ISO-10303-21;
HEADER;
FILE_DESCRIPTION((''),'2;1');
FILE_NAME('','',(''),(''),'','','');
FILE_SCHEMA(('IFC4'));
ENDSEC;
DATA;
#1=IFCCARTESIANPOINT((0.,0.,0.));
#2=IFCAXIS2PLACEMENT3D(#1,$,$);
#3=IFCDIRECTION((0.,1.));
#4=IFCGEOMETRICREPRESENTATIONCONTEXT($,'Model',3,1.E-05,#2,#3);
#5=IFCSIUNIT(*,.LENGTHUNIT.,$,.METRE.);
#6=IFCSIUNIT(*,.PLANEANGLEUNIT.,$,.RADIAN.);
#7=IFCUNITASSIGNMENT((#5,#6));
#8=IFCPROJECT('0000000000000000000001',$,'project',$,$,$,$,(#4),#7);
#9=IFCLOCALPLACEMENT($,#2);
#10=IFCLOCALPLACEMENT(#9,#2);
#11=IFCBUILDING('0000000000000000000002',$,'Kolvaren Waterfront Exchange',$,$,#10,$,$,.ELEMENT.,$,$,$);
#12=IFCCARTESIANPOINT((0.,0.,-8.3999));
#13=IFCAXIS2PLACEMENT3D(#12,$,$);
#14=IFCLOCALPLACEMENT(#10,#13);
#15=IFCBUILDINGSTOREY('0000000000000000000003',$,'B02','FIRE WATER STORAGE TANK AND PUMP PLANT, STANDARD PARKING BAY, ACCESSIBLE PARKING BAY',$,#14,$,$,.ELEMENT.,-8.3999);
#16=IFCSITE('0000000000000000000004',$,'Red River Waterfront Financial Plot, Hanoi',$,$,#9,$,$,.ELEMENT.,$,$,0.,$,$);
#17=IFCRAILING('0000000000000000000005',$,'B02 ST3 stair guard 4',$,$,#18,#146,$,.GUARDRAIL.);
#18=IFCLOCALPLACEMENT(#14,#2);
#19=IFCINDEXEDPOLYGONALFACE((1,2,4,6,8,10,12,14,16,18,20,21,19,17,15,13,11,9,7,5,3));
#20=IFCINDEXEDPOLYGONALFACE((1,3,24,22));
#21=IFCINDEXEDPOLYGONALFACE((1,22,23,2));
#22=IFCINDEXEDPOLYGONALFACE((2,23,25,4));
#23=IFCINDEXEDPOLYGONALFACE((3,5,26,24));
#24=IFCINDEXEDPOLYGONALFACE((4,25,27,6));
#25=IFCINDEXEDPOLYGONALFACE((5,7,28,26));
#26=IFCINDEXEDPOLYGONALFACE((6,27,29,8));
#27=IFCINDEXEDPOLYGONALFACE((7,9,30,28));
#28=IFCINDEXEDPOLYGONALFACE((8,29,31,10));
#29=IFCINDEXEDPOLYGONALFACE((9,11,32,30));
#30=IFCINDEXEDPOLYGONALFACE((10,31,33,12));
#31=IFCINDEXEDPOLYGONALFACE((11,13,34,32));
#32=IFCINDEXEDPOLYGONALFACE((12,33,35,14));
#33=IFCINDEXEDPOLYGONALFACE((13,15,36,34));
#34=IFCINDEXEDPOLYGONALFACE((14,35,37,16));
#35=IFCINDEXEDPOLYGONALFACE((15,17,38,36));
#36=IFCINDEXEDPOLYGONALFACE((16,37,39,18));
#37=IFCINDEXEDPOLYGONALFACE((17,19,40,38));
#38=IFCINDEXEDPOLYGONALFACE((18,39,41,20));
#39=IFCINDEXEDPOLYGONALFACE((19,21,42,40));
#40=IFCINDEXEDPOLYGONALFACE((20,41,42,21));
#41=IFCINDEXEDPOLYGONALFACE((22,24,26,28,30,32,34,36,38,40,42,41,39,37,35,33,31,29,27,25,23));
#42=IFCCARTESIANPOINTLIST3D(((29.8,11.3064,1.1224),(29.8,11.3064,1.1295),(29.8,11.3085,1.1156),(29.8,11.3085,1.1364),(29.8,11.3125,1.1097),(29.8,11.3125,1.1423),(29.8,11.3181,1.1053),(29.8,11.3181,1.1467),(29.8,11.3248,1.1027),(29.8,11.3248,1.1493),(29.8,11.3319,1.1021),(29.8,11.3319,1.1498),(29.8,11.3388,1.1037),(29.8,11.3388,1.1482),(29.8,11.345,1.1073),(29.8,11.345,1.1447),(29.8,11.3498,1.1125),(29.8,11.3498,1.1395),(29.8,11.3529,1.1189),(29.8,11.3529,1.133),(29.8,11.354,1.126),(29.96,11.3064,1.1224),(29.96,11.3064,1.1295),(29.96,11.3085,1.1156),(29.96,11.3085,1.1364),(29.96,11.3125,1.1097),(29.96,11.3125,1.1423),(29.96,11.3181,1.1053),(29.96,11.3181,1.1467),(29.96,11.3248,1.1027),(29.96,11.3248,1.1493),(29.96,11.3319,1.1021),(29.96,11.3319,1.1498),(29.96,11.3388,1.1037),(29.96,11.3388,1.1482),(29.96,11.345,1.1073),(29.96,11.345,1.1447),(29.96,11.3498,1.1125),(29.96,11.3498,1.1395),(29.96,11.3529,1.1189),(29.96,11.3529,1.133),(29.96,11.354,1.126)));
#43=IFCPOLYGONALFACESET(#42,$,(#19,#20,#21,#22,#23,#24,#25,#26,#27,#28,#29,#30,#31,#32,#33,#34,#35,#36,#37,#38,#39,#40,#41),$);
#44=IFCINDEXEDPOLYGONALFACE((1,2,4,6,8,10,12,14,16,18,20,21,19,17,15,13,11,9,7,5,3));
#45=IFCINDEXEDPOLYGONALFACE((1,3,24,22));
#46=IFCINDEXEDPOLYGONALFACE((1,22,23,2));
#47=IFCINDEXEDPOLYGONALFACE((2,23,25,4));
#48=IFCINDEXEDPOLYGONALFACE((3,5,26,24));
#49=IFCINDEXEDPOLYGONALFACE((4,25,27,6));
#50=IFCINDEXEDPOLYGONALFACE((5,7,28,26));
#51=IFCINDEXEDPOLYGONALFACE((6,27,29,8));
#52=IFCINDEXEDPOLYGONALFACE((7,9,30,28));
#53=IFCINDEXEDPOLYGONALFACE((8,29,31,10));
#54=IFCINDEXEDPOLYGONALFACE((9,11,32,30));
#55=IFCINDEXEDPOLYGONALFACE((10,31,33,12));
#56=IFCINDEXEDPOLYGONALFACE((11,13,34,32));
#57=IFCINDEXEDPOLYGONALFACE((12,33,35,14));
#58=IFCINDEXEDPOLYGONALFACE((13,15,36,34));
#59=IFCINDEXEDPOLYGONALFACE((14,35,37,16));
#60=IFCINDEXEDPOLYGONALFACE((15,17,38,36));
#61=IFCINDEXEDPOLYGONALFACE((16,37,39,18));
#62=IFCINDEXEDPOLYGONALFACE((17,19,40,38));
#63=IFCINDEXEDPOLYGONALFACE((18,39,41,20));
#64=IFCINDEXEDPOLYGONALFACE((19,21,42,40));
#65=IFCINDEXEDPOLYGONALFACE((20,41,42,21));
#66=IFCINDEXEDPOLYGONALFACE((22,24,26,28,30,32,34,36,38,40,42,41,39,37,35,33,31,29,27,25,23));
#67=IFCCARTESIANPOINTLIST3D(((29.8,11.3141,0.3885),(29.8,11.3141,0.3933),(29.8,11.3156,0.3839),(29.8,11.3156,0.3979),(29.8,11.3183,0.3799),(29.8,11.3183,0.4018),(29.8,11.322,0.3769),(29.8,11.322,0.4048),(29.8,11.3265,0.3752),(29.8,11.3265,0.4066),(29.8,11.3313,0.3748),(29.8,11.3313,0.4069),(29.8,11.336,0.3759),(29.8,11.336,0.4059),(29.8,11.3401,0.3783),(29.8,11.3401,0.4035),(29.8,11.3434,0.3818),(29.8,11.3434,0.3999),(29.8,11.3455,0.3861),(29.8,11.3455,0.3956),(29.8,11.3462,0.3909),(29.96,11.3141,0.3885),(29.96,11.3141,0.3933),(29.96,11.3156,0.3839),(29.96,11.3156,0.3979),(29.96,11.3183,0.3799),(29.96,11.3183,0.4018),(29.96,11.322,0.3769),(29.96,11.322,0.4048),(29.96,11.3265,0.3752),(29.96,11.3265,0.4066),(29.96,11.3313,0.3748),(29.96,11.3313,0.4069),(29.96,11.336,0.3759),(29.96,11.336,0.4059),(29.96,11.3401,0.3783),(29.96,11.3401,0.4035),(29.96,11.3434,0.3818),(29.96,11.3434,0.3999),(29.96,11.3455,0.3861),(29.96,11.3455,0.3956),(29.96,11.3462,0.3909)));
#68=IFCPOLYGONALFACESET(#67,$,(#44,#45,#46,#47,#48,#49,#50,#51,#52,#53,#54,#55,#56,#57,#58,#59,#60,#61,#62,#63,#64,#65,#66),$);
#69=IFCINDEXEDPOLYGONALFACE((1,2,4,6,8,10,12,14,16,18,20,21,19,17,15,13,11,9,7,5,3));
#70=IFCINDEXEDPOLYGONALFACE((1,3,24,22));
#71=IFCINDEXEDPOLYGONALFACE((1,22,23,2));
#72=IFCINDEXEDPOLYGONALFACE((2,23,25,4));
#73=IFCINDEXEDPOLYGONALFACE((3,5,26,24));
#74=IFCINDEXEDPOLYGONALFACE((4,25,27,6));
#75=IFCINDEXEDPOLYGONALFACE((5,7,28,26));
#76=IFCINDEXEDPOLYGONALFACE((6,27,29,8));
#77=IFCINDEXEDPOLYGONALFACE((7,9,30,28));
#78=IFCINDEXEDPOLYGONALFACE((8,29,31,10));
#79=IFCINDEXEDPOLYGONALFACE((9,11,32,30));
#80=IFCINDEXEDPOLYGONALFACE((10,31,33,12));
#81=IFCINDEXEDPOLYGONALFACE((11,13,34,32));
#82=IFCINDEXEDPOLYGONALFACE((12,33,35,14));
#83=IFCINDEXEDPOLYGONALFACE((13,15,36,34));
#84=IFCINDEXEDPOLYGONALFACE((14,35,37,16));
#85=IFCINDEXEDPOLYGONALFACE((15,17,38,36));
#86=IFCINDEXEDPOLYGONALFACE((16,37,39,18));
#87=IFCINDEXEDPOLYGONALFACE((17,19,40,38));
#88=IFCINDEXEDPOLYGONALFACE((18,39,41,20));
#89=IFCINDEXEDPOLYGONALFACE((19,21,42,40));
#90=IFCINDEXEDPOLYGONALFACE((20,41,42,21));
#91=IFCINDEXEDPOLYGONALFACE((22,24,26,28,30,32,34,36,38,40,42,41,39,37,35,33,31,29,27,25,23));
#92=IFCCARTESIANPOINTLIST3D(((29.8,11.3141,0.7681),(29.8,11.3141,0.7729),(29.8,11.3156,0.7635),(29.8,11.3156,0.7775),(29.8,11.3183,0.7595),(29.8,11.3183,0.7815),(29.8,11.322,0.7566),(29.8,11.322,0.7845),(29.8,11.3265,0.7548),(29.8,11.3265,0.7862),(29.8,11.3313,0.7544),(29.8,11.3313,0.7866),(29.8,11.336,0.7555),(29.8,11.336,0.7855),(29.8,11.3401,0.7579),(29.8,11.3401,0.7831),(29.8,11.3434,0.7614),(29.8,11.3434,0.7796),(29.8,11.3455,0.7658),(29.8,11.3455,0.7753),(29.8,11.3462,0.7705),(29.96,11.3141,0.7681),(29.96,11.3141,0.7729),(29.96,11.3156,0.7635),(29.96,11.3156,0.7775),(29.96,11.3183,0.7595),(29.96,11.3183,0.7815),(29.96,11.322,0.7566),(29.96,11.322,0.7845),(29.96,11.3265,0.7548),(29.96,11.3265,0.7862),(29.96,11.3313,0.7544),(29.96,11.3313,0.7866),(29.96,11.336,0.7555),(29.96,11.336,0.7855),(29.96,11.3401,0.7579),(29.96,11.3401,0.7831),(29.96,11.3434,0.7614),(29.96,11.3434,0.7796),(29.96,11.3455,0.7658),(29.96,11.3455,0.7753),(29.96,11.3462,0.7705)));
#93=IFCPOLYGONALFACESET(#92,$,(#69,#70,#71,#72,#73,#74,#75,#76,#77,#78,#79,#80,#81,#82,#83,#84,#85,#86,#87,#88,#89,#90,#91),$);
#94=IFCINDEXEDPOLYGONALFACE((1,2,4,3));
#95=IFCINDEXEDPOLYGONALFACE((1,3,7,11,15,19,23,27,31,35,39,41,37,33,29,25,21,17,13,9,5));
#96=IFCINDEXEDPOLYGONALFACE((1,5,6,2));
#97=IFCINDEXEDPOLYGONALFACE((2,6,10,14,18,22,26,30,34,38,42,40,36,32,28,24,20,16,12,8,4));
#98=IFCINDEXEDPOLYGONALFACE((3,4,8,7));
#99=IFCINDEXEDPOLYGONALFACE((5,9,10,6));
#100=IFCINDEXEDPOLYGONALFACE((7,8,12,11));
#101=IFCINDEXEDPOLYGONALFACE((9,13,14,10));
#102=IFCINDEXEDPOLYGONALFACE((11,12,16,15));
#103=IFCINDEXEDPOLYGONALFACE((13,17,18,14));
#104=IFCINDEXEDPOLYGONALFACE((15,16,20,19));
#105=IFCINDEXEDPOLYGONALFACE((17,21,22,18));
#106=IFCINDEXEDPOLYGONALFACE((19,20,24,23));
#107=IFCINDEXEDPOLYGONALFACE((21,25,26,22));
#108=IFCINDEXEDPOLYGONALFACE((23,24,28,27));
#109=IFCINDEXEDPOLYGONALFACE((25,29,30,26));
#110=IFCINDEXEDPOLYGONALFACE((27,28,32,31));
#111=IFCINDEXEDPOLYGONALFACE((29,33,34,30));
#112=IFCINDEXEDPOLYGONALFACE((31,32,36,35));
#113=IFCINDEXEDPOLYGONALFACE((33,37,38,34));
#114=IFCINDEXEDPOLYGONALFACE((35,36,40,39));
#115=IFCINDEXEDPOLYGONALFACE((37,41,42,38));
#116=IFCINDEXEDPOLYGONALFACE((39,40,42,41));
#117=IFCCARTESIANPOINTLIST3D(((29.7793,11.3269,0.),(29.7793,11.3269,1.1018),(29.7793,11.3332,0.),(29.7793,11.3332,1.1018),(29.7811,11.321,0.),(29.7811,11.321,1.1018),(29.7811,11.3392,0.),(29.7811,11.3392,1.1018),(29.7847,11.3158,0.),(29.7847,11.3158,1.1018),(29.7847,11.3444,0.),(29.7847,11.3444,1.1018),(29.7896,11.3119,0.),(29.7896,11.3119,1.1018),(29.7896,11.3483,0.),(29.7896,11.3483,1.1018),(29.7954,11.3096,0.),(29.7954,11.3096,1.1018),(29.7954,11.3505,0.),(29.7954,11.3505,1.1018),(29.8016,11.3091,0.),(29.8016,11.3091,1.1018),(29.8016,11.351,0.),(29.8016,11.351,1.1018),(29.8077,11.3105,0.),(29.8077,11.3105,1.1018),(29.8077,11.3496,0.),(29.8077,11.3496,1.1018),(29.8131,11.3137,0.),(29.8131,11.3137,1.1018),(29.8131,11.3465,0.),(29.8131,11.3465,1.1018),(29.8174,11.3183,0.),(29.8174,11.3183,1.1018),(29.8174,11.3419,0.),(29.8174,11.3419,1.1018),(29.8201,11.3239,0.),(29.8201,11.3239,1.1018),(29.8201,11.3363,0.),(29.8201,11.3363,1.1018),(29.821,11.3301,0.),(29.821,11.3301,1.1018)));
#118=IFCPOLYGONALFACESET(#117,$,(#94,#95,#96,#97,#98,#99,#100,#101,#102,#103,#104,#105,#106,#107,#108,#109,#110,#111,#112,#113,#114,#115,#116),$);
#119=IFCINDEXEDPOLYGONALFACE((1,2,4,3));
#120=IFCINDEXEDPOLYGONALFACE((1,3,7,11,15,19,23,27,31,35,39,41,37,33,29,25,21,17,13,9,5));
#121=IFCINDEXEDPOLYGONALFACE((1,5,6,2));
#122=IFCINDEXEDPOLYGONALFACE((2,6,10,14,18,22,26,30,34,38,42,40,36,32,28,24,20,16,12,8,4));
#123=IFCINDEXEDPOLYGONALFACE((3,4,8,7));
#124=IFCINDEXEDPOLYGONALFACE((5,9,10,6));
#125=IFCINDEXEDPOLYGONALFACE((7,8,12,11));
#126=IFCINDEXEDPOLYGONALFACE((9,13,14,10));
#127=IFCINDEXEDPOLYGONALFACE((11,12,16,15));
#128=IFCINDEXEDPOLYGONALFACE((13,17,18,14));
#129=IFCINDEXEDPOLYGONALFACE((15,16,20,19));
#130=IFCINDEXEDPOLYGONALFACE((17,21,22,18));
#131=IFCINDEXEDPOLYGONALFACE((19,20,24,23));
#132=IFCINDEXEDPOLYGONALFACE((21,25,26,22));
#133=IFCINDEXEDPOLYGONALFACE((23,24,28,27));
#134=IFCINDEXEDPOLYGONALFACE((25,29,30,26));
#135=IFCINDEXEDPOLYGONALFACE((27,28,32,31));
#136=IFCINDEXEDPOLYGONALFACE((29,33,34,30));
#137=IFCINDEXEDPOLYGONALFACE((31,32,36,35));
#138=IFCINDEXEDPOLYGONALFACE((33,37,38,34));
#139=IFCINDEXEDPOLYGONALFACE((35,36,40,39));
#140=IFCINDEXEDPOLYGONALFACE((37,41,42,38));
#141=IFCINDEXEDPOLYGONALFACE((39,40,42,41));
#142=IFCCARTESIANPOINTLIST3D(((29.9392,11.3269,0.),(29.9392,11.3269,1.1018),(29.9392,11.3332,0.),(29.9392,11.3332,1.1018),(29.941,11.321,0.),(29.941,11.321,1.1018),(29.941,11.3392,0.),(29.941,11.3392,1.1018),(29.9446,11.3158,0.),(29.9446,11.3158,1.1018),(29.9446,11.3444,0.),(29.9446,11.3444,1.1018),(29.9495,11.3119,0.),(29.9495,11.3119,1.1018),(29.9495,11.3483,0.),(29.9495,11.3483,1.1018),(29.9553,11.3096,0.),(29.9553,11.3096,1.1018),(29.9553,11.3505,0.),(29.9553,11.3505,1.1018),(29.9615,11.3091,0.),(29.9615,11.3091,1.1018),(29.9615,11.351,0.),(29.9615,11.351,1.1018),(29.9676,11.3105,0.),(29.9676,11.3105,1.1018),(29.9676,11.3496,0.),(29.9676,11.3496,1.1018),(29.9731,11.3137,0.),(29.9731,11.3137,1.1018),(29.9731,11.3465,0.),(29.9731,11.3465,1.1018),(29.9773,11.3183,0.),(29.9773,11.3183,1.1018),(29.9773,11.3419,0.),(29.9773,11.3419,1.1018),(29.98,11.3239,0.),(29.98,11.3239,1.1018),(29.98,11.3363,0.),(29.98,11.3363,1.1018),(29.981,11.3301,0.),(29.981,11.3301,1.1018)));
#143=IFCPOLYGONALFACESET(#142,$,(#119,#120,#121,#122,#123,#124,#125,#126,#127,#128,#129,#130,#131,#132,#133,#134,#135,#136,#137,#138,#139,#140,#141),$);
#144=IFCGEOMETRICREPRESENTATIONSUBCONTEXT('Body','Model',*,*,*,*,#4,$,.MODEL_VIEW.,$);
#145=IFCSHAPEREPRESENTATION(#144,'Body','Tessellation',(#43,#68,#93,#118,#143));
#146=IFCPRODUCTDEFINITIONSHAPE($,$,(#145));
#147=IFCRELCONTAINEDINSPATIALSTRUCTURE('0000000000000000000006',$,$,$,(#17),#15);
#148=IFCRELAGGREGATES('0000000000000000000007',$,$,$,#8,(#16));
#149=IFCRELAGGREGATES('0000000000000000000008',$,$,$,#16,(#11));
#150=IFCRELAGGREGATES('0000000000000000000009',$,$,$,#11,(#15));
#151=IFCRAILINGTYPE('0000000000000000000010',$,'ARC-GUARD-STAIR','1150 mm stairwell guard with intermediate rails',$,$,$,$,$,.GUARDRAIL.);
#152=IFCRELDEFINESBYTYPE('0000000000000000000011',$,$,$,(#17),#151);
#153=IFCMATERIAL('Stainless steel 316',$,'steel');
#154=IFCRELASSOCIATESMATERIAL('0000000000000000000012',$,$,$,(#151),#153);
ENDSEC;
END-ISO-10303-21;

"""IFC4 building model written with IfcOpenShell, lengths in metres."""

from ifc_helpers import new_model, si_unit, direction, frame, origin, origin_2d, place, context, subcontext, project, spatial, circle, extrude, material, type_object, element, save


model = new_model("IFC4")

# Units and contexts
model_context = context("Model", 3, precision=1e-05, world=origin(), true_north=direction((0.0, 1.0)))
body_context = subcontext(model_context, "Body", "Model", "MODEL_VIEW")
ifc_project = project(units=[si_unit("LENGTHUNIT", "METRE"), si_unit("PLANEANGLEUNIT", "RADIAN")], contexts=[model_context])

# Site, building, storey
site_placement = place(None, origin())
site = spatial("IfcSite", under=ifc_project, at=site_placement, Name="Red River Waterfront Financial Plot, Hanoi", CompositionType="ELEMENT", RefElevation=0.0)
building_placement = place(site_placement, origin())
building = spatial("IfcBuilding", under=site, at=building_placement, Name="Kolvaren Waterfront Exchange", CompositionType="ELEMENT")
storey_placement = place(building_placement, frame((0.0, 0.0, -8.3999)))
storey = spatial("IfcBuildingStorey", under=building, at=storey_placement, Name="B02", Description="FIRE WATER STORAGE TANK AND PUMP PLANT, STANDARD PARKING BAY, ACCESSIBLE PARKING BAY", CompositionType="ELEMENT", Elevation=-8.3999)

# Railing
ifc_material_1 = material(Name="Stainless steel 316", Category="steel")
railing_type_1 = type_object("IfcRailingType", Name="ARC-GUARD-STAIR", Description="1150 mm stairwell guard with intermediate rails", PredefinedType="GUARDRAIL", material=ifc_material_1)
railing_1_placement = place(storey_placement, frame((29.8, 11.3301, 0.0)))
element("IfcRailing", 1, at=railing_1_placement, inside=storey, type_object=railing_type_1, Name="B02 ST3 stair guard 4", PredefinedType="GUARDRAIL", context=body_context, shape_type="SweptSolid", body=[
    extrude(circle(Radius=0.0239, at=origin_2d()), frame((0.0, 0.0, 1.126), z_axis=(1.0, 0.0, 0.0), x_axis=(0.0, 1.0, 0.0)), (0.0, 0.0, 1.0), 0.1599),
    extrude(circle(Radius=0.0161, at=origin_2d()), frame((0.0, 0.0, 0.3909), z_axis=(1.0, 0.0, 0.0), x_axis=(0.0, 1.0, 0.0)), (0.0, 0.0, 1.0), 0.1599),
    extrude(circle(Radius=0.0161, at=origin_2d()), frame((0.0, 0.0, 0.7705), z_axis=(1.0, 0.0, 0.0), x_axis=(0.0, 1.0, 0.0)), (0.0, 0.0, 1.0), 0.1599),
    extrude(circle(Radius=0.021, at=origin_2d()), origin(), (0.0, 0.0, 1.0), 1.1018),
    extrude(circle(Radius=0.021, at=origin_2d()), frame((0.1599, 0.0, 0.0)), (0.0, 0.0, 1.0), 1.1018),
])

save(model, "model.ifc")
